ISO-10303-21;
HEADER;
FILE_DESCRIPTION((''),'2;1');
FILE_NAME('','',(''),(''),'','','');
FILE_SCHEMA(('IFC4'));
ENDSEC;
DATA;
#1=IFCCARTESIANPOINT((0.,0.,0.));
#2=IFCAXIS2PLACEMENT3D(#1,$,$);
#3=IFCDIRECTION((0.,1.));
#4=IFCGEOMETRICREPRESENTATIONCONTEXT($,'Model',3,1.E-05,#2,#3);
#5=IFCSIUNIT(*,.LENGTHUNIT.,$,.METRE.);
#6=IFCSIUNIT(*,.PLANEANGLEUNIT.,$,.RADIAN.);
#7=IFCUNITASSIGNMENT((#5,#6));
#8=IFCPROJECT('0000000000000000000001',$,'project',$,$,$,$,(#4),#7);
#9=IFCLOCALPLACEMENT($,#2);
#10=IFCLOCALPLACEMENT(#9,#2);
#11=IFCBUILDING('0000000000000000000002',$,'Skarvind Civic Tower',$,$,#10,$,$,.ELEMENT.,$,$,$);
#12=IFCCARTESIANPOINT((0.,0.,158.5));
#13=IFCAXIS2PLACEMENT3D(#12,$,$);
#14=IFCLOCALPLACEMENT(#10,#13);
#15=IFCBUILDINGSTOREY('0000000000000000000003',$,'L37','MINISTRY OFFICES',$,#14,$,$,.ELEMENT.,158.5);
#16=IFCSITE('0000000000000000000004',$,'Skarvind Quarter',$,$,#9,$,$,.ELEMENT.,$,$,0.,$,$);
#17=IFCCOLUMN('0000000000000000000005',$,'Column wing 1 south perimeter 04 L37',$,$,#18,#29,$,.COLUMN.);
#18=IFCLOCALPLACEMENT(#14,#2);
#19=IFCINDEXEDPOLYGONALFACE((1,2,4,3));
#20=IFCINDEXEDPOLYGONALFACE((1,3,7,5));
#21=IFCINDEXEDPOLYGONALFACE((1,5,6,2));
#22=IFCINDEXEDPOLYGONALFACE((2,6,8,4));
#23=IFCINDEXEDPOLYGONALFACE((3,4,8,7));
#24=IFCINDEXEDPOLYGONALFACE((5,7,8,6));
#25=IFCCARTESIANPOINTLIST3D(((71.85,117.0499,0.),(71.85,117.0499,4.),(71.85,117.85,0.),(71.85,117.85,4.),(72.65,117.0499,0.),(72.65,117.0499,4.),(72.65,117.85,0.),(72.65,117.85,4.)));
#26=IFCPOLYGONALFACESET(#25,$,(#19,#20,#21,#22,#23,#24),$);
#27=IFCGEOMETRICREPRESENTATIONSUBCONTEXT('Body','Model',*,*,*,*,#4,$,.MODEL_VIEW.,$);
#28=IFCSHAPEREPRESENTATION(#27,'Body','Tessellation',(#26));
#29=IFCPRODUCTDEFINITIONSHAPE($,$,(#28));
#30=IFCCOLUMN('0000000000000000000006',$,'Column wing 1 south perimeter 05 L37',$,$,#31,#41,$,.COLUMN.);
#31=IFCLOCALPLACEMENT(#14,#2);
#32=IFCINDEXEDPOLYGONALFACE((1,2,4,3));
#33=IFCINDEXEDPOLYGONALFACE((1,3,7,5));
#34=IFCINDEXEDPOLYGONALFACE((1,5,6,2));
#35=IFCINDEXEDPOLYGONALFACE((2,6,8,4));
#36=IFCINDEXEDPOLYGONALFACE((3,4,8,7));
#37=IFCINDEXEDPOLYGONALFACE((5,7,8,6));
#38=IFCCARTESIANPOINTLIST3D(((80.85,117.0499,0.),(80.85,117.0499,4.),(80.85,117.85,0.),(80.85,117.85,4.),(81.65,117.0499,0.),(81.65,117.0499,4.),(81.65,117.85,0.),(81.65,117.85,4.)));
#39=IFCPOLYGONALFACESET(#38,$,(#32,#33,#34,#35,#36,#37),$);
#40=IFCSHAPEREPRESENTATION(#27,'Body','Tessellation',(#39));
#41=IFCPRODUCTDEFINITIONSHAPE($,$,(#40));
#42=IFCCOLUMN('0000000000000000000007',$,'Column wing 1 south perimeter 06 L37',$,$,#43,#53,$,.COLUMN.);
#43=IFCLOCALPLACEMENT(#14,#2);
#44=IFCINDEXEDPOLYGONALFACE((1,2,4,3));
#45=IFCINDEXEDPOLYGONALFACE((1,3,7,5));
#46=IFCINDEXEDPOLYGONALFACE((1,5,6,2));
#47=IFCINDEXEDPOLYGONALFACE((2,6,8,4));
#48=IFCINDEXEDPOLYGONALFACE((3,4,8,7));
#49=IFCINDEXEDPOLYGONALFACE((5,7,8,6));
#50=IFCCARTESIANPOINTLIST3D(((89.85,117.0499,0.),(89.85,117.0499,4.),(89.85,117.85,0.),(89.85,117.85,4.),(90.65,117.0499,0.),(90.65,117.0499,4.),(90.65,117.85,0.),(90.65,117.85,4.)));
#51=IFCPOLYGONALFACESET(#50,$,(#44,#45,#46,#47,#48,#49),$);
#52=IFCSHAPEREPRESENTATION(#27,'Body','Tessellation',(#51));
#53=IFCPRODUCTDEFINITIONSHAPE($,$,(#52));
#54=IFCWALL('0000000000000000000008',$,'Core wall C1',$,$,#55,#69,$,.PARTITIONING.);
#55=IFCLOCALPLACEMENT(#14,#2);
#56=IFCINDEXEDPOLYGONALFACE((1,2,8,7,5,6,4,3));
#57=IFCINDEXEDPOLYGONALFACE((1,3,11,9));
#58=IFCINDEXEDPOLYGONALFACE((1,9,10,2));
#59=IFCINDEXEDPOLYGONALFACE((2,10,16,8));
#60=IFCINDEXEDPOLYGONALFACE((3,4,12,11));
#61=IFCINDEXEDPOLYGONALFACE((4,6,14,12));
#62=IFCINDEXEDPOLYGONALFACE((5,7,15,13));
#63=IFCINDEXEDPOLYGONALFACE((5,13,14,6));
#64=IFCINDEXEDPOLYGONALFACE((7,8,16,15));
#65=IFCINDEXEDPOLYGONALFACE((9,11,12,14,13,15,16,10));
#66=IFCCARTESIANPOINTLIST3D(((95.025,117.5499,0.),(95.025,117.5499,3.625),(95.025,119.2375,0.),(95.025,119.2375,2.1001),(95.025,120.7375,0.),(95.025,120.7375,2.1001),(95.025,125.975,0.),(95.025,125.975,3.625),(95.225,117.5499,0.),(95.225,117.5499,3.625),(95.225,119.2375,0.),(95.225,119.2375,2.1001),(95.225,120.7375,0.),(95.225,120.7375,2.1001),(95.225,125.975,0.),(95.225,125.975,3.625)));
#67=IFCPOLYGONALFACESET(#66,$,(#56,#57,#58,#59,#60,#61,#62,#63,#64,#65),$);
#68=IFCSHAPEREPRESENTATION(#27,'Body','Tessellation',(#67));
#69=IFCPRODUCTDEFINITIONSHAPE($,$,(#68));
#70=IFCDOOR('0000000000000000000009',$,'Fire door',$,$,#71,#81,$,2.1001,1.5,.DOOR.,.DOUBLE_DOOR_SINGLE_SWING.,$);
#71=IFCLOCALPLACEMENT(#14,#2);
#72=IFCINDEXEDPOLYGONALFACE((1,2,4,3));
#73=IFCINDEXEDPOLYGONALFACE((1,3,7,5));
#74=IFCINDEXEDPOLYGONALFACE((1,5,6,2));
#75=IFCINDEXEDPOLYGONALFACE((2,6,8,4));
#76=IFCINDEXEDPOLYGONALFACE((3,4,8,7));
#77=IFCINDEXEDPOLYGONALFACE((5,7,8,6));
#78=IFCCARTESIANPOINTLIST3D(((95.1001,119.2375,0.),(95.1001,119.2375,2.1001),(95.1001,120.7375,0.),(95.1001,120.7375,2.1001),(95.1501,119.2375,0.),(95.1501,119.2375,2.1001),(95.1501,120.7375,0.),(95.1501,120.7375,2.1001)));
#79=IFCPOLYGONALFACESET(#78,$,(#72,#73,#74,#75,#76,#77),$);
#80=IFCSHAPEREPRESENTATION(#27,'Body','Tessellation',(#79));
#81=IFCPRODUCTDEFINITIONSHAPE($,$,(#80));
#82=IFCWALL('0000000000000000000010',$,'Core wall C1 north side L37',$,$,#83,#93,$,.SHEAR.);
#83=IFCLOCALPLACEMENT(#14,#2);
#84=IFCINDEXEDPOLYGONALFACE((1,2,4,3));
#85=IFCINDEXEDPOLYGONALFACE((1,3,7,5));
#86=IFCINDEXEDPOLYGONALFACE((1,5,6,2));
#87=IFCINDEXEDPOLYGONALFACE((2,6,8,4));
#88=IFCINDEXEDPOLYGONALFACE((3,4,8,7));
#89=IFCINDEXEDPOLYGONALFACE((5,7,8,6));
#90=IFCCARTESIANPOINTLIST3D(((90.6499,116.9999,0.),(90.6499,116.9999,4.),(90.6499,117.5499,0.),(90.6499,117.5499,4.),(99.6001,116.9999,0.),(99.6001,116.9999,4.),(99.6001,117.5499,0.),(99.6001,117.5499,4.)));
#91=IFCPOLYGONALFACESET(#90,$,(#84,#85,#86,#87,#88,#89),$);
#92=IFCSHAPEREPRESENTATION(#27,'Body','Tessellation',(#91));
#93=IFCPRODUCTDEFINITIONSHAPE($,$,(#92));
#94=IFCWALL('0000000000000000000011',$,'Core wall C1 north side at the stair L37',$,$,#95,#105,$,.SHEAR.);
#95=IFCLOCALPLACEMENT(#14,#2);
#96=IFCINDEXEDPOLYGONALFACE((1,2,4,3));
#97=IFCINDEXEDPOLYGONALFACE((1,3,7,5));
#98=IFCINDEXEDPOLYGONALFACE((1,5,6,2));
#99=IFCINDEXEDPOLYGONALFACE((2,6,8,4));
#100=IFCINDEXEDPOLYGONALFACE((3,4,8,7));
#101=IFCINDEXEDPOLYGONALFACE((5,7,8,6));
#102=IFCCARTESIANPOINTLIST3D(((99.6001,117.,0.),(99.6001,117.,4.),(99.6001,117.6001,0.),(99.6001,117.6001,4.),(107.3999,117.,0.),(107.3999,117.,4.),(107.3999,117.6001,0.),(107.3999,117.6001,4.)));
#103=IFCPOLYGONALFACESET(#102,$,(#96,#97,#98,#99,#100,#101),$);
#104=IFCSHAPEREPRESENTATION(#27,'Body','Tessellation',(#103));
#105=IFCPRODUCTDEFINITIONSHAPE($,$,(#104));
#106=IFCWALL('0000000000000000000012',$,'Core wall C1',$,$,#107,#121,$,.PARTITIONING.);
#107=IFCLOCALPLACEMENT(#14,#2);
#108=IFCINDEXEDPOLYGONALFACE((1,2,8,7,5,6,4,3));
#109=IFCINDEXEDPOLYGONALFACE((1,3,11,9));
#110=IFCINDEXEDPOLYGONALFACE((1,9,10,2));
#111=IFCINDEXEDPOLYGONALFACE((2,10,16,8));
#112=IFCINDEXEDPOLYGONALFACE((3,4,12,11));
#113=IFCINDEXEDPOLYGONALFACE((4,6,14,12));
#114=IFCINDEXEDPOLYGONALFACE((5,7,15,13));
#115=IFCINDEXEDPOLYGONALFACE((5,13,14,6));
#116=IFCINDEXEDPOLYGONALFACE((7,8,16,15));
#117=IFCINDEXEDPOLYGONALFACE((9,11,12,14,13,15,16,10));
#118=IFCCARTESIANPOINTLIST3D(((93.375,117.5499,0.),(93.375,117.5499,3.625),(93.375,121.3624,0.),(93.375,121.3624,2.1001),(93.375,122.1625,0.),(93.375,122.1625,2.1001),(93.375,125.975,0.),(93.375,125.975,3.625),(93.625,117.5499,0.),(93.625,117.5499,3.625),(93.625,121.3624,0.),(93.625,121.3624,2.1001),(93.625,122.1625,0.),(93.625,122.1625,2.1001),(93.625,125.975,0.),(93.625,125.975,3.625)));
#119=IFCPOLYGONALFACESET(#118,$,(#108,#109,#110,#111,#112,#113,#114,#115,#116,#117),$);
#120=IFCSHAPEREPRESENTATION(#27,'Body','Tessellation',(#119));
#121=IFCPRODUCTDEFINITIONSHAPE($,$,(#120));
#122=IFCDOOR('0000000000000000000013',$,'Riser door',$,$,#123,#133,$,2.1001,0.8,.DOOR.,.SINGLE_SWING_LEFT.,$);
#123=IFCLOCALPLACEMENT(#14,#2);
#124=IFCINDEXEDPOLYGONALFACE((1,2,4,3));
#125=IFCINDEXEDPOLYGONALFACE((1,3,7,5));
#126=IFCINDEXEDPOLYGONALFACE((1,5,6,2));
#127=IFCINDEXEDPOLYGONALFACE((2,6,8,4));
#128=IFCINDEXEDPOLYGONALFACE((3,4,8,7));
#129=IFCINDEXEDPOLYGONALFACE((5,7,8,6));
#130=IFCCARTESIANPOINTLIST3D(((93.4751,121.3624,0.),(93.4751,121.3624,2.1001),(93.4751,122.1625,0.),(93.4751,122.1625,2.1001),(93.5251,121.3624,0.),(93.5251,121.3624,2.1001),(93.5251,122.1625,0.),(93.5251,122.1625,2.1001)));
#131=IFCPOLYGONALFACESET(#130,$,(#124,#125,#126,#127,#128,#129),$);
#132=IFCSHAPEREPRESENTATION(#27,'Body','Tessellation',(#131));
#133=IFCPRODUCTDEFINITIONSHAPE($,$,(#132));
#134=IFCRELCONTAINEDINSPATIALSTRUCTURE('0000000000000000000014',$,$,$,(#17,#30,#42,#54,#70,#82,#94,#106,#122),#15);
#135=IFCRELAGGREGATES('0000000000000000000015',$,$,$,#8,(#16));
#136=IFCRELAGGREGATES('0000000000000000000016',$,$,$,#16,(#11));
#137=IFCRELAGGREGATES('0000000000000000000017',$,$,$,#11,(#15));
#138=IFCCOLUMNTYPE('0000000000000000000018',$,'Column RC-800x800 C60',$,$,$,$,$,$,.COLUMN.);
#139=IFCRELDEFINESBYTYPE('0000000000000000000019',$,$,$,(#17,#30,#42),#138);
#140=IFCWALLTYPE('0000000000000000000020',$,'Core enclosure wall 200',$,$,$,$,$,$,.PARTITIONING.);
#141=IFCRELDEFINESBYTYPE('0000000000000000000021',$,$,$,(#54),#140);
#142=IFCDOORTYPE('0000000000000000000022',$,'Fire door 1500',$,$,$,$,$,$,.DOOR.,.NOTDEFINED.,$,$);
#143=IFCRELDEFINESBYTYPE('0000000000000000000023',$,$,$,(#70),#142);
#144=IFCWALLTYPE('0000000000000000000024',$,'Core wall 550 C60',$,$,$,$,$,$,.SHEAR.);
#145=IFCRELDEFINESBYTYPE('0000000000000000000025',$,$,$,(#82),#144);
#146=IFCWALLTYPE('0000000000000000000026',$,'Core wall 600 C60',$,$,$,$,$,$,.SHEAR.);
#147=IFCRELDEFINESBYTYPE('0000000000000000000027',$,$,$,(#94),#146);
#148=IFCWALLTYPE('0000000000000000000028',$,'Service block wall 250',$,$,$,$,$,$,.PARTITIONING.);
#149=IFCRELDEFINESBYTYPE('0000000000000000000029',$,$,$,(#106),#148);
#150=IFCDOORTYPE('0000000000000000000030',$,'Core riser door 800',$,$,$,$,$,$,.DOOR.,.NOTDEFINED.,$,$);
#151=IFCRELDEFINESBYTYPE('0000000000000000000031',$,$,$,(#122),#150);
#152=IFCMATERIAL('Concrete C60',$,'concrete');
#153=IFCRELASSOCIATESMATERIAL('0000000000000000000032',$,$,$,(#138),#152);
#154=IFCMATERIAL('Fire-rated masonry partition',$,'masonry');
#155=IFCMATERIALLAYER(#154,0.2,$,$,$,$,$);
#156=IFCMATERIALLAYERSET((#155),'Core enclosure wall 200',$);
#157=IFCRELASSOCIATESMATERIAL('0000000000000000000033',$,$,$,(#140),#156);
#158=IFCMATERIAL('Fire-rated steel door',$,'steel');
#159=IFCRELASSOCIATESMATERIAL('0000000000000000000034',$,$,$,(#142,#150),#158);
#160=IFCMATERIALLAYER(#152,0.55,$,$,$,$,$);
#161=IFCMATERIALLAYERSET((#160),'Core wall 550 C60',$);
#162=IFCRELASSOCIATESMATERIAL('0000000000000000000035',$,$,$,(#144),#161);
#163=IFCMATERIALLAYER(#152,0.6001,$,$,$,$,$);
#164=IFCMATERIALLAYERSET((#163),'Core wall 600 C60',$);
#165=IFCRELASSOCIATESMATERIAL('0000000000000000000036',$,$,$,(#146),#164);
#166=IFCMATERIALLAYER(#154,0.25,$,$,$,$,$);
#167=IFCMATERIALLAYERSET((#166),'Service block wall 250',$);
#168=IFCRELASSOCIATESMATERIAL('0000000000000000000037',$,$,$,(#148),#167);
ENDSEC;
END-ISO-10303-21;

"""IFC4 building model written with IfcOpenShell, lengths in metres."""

from ifc_helpers import new_model, si_unit, direction, frame, frame_2d, origin, origin_2d, place, context, subcontext, project, spatial, rectangle, extrude, material, layer, layer_set, material_profile, profile_set, type_object, element, fill, save


model = new_model("IFC4")

# Units and contexts
model_context = context("Model", 3, precision=1e-05, world=origin(), true_north=direction((0.0, 1.0)))
body_context = subcontext(model_context, "Body", "Model", "MODEL_VIEW")
ifc_project = project(units=[si_unit("LENGTHUNIT", "METRE"), si_unit("PLANEANGLEUNIT", "RADIAN")], contexts=[model_context])

# Site, building, storey
site_placement = place(None, origin())
site = spatial("IfcSite", under=ifc_project, at=site_placement, Name="Skarvind Quarter", CompositionType="ELEMENT", RefElevation=0.0)
building_placement = place(site_placement, origin())
building = spatial("IfcBuilding", under=site, at=building_placement, Name="Skarvind Civic Tower", CompositionType="ELEMENT")
storey_placement = place(building_placement, frame((0.0, 0.0, 158.5)))
storey = spatial("IfcBuildingStorey", under=building, at=storey_placement, Name="L37", Description="MINISTRY OFFICES", CompositionType="ELEMENT", Elevation=158.5)

# Columns
ifc_material_1 = material(Name="Concrete C60", Category="concrete")
ifc_material_profile_1 = material_profile(ifc_material_1, rectangle(XDim=0.8, YDim=0.8, at=origin_2d()), Name="RC-800x800")
ifc_profile_set_1 = profile_set([ifc_material_profile_1], Name="Concrete C60")
column_type = type_object("IfcColumnType", Name="Column RC-800x800 C60", PredefinedType="COLUMN", material=ifc_profile_set_1)
for number, where, z_axis, x_axis, name in (
    (1, (72.25, 117.45, 0.0), (0.0, 0.0, 1.0), (1.0, 0.0, 0.0), "Column wing 1 south perimeter 04 L37"),
    (2, (81.25, 117.45, 0.0), (0.0, 0.0, 1.0), (1.0, 0.0, 0.0), "Column wing 1 south perimeter 05 L37"),
    (3, (90.25, 117.45, 0.0), (0.0, 0.0, 1.0), (1.0, 0.0, 0.0), "Column wing 1 south perimeter 06 L37"),
):
    element("IfcColumn", number, at=place(storey_placement, frame(where, z_axis=z_axis, x_axis=x_axis)), inside=storey, type_object=column_type, Name=name, PredefinedType="COLUMN", context=body_context, shape_type="SweptSolid", body=[
        extrude(rectangle(XDim=0.8, YDim=0.8, at=origin_2d()), origin(), (0.0, 0.0, 1.0), 4.0),
    ])

# Wall, opening, door
ifc_material_2 = material(Name="Fire-rated masonry partition", Category="masonry")
ifc_layer_1 = layer(ifc_material_2, 0.2)
ifc_layer_set_1 = layer_set([ifc_layer_1], Name="Core enclosure wall 200")
wall_type_1 = type_object("IfcWallType", Name="Core enclosure wall 200", PredefinedType="PARTITIONING", material=ifc_layer_set_1)
wall_1_placement = place(storey_placement, frame((95.125, 117.55, 0.0), z_axis=(0.0, 0.0, 1.0), x_axis=(0.0, 1.0, 0.0)))
wall_1 = element("IfcWall", 4, at=wall_1_placement, inside=storey, type_object=wall_type_1, Name="Core wall C1", PredefinedType="PARTITIONING", context=body_context, shape_type="SweptSolid", body=[
    extrude(rectangle(XDim=8.425, YDim=0.2, at=frame_2d((4.2124, 0.0))), origin(), (0.0, 0.0, 1.0), 3.625),
])
opening_1_placement = place(wall_1_placement, frame((1.6875, 0.0, 0.0)))
opening_1 = element("IfcOpeningElement", 5, at=opening_1_placement, cuts=wall_1, PredefinedType="OPENING", context=body_context, shape_type="SweptSolid", body=[
    extrude(rectangle(XDim=1.5, YDim=2.1001, at=frame_2d((0.75, 1.05))), frame((0.0, 0.1099, 0.0), z_axis=(0.0, -1.0, 0.0), x_axis=(1.0, 0.0, 0.0)), (0.0, 0.0, 1.0), 0.22),
])
ifc_material_3 = material(Name="Fire-rated steel door", Category="steel")
door_type_1 = type_object("IfcDoorType", Name="Fire door 1500", OperationType="NOTDEFINED", PredefinedType="DOOR", material=ifc_material_3)
door_1_placement = place(opening_1_placement, origin())
door_1 = element("IfcDoor", 6, at=door_1_placement, inside=storey, type_object=door_type_1, Name="Fire door", OperationType="DOUBLE_DOOR_SINGLE_SWING", OverallHeight=2.1001, OverallWidth=1.5, PredefinedType="DOOR", context=body_context, shape_type="SweptSolid", body=[
    extrude(rectangle(XDim=1.5, YDim=2.1001, at=frame_2d((0.75, 1.05))), frame((0.0, 0.0249, 0.0), z_axis=(0.0, -1.0, 0.0), x_axis=(1.0, 0.0, 0.0)), (0.0, 0.0, 1.0), 0.05),
])
fill(opening_1, door_1)

# Walls
ifc_layer_2 = layer(ifc_material_1, 0.55)
ifc_layer_set_2 = layer_set([ifc_layer_2], Name="Core wall 550 C60")
wall_type_2 = type_object("IfcWallType", Name="Core wall 550 C60", PredefinedType="SHEAR", material=ifc_layer_set_2)
wall_2_placement = place(storey_placement, frame((99.6001, 117.2749, 0.0), z_axis=(0.0, 0.0, 1.0), x_axis=(-1.0, 0.0, 0.0)))
element("IfcWall", 7, at=wall_2_placement, inside=storey, type_object=wall_type_2, Name="Core wall C1 north side L37", PredefinedType="SHEAR", context=body_context, shape_type="SweptSolid", body=[
    extrude(rectangle(XDim=8.9502, YDim=0.55, at=frame_2d((4.4751, 0.0))), origin(), (0.0, 0.0, 1.0), 4.0),
])
ifc_layer_3 = layer(ifc_material_1, 0.6001)
ifc_layer_set_3 = layer_set([ifc_layer_3], Name="Core wall 600 C60")
wall_type_3 = type_object("IfcWallType", Name="Core wall 600 C60", PredefinedType="SHEAR", material=ifc_layer_set_3)
wall_3_placement = place(storey_placement, frame((107.3999, 117.3, 0.0), z_axis=(0.0, 0.0, 1.0), x_axis=(-1.0, 0.0, 0.0)))
element("IfcWall", 8, at=wall_3_placement, inside=storey, type_object=wall_type_3, Name="Core wall C1 north side at the stair L37", PredefinedType="SHEAR", context=body_context, shape_type="SweptSolid", body=[
    extrude(rectangle(XDim=7.7998, YDim=0.6001, at=frame_2d((3.8999, 0.0))), origin(), (0.0, 0.0, 1.0), 4.0),
])

# Wall, opening, door
ifc_layer_4 = layer(ifc_material_2, 0.25)
ifc_layer_set_4 = layer_set([ifc_layer_4], Name="Service block wall 250")
wall_type_4 = type_object("IfcWallType", Name="Service block wall 250", PredefinedType="PARTITIONING", material=ifc_layer_set_4)
wall_4_placement = place(storey_placement, frame((93.5, 117.55, 0.0), z_axis=(0.0, 0.0, 1.0), x_axis=(0.0, 1.0, 0.0)))
wall_4 = element("IfcWall", 9, at=wall_4_placement, inside=storey, type_object=wall_type_4, Name="Core wall C1", PredefinedType="PARTITIONING", context=body_context, shape_type="SweptSolid", body=[
    extrude(rectangle(XDim=8.425, YDim=0.25, at=frame_2d((4.2124, 0.0))), origin(), (0.0, 0.0, 1.0), 3.625),
])
opening_2_placement = place(wall_4_placement, frame((3.8125, 0.0, 0.0)))
opening_2 = element("IfcOpeningElement", 10, at=opening_2_placement, cuts=wall_4, PredefinedType="OPENING", context=body_context, shape_type="SweptSolid", body=[
    extrude(rectangle(XDim=0.8, YDim=2.1001, at=frame_2d((0.3999, 1.05))), frame((0.0, 0.135, 0.0), z_axis=(0.0, -1.0, 0.0), x_axis=(1.0, 0.0, 0.0)), (0.0, 0.0, 1.0), 0.27),
])
door_type_2 = type_object("IfcDoorType", Name="Core riser door 800", OperationType="NOTDEFINED", PredefinedType="DOOR", material=ifc_material_3)
door_2_placement = place(opening_2_placement, origin())
door_2 = element("IfcDoor", 11, at=door_2_placement, inside=storey, type_object=door_type_2, Name="Riser door", OperationType="SINGLE_SWING_LEFT", OverallHeight=2.1001, OverallWidth=0.8, PredefinedType="DOOR", context=body_context, shape_type="SweptSolid", body=[
    extrude(rectangle(XDim=0.8, YDim=2.1001, at=frame_2d((0.3999, 1.05))), frame((0.0, 0.0249, 0.0), z_axis=(0.0, -1.0, 0.0), x_axis=(1.0, 0.0, 0.0)), (0.0, 0.0, 1.0), 0.05),
])
fill(opening_2, door_2)

save(model, "model.ifc")
